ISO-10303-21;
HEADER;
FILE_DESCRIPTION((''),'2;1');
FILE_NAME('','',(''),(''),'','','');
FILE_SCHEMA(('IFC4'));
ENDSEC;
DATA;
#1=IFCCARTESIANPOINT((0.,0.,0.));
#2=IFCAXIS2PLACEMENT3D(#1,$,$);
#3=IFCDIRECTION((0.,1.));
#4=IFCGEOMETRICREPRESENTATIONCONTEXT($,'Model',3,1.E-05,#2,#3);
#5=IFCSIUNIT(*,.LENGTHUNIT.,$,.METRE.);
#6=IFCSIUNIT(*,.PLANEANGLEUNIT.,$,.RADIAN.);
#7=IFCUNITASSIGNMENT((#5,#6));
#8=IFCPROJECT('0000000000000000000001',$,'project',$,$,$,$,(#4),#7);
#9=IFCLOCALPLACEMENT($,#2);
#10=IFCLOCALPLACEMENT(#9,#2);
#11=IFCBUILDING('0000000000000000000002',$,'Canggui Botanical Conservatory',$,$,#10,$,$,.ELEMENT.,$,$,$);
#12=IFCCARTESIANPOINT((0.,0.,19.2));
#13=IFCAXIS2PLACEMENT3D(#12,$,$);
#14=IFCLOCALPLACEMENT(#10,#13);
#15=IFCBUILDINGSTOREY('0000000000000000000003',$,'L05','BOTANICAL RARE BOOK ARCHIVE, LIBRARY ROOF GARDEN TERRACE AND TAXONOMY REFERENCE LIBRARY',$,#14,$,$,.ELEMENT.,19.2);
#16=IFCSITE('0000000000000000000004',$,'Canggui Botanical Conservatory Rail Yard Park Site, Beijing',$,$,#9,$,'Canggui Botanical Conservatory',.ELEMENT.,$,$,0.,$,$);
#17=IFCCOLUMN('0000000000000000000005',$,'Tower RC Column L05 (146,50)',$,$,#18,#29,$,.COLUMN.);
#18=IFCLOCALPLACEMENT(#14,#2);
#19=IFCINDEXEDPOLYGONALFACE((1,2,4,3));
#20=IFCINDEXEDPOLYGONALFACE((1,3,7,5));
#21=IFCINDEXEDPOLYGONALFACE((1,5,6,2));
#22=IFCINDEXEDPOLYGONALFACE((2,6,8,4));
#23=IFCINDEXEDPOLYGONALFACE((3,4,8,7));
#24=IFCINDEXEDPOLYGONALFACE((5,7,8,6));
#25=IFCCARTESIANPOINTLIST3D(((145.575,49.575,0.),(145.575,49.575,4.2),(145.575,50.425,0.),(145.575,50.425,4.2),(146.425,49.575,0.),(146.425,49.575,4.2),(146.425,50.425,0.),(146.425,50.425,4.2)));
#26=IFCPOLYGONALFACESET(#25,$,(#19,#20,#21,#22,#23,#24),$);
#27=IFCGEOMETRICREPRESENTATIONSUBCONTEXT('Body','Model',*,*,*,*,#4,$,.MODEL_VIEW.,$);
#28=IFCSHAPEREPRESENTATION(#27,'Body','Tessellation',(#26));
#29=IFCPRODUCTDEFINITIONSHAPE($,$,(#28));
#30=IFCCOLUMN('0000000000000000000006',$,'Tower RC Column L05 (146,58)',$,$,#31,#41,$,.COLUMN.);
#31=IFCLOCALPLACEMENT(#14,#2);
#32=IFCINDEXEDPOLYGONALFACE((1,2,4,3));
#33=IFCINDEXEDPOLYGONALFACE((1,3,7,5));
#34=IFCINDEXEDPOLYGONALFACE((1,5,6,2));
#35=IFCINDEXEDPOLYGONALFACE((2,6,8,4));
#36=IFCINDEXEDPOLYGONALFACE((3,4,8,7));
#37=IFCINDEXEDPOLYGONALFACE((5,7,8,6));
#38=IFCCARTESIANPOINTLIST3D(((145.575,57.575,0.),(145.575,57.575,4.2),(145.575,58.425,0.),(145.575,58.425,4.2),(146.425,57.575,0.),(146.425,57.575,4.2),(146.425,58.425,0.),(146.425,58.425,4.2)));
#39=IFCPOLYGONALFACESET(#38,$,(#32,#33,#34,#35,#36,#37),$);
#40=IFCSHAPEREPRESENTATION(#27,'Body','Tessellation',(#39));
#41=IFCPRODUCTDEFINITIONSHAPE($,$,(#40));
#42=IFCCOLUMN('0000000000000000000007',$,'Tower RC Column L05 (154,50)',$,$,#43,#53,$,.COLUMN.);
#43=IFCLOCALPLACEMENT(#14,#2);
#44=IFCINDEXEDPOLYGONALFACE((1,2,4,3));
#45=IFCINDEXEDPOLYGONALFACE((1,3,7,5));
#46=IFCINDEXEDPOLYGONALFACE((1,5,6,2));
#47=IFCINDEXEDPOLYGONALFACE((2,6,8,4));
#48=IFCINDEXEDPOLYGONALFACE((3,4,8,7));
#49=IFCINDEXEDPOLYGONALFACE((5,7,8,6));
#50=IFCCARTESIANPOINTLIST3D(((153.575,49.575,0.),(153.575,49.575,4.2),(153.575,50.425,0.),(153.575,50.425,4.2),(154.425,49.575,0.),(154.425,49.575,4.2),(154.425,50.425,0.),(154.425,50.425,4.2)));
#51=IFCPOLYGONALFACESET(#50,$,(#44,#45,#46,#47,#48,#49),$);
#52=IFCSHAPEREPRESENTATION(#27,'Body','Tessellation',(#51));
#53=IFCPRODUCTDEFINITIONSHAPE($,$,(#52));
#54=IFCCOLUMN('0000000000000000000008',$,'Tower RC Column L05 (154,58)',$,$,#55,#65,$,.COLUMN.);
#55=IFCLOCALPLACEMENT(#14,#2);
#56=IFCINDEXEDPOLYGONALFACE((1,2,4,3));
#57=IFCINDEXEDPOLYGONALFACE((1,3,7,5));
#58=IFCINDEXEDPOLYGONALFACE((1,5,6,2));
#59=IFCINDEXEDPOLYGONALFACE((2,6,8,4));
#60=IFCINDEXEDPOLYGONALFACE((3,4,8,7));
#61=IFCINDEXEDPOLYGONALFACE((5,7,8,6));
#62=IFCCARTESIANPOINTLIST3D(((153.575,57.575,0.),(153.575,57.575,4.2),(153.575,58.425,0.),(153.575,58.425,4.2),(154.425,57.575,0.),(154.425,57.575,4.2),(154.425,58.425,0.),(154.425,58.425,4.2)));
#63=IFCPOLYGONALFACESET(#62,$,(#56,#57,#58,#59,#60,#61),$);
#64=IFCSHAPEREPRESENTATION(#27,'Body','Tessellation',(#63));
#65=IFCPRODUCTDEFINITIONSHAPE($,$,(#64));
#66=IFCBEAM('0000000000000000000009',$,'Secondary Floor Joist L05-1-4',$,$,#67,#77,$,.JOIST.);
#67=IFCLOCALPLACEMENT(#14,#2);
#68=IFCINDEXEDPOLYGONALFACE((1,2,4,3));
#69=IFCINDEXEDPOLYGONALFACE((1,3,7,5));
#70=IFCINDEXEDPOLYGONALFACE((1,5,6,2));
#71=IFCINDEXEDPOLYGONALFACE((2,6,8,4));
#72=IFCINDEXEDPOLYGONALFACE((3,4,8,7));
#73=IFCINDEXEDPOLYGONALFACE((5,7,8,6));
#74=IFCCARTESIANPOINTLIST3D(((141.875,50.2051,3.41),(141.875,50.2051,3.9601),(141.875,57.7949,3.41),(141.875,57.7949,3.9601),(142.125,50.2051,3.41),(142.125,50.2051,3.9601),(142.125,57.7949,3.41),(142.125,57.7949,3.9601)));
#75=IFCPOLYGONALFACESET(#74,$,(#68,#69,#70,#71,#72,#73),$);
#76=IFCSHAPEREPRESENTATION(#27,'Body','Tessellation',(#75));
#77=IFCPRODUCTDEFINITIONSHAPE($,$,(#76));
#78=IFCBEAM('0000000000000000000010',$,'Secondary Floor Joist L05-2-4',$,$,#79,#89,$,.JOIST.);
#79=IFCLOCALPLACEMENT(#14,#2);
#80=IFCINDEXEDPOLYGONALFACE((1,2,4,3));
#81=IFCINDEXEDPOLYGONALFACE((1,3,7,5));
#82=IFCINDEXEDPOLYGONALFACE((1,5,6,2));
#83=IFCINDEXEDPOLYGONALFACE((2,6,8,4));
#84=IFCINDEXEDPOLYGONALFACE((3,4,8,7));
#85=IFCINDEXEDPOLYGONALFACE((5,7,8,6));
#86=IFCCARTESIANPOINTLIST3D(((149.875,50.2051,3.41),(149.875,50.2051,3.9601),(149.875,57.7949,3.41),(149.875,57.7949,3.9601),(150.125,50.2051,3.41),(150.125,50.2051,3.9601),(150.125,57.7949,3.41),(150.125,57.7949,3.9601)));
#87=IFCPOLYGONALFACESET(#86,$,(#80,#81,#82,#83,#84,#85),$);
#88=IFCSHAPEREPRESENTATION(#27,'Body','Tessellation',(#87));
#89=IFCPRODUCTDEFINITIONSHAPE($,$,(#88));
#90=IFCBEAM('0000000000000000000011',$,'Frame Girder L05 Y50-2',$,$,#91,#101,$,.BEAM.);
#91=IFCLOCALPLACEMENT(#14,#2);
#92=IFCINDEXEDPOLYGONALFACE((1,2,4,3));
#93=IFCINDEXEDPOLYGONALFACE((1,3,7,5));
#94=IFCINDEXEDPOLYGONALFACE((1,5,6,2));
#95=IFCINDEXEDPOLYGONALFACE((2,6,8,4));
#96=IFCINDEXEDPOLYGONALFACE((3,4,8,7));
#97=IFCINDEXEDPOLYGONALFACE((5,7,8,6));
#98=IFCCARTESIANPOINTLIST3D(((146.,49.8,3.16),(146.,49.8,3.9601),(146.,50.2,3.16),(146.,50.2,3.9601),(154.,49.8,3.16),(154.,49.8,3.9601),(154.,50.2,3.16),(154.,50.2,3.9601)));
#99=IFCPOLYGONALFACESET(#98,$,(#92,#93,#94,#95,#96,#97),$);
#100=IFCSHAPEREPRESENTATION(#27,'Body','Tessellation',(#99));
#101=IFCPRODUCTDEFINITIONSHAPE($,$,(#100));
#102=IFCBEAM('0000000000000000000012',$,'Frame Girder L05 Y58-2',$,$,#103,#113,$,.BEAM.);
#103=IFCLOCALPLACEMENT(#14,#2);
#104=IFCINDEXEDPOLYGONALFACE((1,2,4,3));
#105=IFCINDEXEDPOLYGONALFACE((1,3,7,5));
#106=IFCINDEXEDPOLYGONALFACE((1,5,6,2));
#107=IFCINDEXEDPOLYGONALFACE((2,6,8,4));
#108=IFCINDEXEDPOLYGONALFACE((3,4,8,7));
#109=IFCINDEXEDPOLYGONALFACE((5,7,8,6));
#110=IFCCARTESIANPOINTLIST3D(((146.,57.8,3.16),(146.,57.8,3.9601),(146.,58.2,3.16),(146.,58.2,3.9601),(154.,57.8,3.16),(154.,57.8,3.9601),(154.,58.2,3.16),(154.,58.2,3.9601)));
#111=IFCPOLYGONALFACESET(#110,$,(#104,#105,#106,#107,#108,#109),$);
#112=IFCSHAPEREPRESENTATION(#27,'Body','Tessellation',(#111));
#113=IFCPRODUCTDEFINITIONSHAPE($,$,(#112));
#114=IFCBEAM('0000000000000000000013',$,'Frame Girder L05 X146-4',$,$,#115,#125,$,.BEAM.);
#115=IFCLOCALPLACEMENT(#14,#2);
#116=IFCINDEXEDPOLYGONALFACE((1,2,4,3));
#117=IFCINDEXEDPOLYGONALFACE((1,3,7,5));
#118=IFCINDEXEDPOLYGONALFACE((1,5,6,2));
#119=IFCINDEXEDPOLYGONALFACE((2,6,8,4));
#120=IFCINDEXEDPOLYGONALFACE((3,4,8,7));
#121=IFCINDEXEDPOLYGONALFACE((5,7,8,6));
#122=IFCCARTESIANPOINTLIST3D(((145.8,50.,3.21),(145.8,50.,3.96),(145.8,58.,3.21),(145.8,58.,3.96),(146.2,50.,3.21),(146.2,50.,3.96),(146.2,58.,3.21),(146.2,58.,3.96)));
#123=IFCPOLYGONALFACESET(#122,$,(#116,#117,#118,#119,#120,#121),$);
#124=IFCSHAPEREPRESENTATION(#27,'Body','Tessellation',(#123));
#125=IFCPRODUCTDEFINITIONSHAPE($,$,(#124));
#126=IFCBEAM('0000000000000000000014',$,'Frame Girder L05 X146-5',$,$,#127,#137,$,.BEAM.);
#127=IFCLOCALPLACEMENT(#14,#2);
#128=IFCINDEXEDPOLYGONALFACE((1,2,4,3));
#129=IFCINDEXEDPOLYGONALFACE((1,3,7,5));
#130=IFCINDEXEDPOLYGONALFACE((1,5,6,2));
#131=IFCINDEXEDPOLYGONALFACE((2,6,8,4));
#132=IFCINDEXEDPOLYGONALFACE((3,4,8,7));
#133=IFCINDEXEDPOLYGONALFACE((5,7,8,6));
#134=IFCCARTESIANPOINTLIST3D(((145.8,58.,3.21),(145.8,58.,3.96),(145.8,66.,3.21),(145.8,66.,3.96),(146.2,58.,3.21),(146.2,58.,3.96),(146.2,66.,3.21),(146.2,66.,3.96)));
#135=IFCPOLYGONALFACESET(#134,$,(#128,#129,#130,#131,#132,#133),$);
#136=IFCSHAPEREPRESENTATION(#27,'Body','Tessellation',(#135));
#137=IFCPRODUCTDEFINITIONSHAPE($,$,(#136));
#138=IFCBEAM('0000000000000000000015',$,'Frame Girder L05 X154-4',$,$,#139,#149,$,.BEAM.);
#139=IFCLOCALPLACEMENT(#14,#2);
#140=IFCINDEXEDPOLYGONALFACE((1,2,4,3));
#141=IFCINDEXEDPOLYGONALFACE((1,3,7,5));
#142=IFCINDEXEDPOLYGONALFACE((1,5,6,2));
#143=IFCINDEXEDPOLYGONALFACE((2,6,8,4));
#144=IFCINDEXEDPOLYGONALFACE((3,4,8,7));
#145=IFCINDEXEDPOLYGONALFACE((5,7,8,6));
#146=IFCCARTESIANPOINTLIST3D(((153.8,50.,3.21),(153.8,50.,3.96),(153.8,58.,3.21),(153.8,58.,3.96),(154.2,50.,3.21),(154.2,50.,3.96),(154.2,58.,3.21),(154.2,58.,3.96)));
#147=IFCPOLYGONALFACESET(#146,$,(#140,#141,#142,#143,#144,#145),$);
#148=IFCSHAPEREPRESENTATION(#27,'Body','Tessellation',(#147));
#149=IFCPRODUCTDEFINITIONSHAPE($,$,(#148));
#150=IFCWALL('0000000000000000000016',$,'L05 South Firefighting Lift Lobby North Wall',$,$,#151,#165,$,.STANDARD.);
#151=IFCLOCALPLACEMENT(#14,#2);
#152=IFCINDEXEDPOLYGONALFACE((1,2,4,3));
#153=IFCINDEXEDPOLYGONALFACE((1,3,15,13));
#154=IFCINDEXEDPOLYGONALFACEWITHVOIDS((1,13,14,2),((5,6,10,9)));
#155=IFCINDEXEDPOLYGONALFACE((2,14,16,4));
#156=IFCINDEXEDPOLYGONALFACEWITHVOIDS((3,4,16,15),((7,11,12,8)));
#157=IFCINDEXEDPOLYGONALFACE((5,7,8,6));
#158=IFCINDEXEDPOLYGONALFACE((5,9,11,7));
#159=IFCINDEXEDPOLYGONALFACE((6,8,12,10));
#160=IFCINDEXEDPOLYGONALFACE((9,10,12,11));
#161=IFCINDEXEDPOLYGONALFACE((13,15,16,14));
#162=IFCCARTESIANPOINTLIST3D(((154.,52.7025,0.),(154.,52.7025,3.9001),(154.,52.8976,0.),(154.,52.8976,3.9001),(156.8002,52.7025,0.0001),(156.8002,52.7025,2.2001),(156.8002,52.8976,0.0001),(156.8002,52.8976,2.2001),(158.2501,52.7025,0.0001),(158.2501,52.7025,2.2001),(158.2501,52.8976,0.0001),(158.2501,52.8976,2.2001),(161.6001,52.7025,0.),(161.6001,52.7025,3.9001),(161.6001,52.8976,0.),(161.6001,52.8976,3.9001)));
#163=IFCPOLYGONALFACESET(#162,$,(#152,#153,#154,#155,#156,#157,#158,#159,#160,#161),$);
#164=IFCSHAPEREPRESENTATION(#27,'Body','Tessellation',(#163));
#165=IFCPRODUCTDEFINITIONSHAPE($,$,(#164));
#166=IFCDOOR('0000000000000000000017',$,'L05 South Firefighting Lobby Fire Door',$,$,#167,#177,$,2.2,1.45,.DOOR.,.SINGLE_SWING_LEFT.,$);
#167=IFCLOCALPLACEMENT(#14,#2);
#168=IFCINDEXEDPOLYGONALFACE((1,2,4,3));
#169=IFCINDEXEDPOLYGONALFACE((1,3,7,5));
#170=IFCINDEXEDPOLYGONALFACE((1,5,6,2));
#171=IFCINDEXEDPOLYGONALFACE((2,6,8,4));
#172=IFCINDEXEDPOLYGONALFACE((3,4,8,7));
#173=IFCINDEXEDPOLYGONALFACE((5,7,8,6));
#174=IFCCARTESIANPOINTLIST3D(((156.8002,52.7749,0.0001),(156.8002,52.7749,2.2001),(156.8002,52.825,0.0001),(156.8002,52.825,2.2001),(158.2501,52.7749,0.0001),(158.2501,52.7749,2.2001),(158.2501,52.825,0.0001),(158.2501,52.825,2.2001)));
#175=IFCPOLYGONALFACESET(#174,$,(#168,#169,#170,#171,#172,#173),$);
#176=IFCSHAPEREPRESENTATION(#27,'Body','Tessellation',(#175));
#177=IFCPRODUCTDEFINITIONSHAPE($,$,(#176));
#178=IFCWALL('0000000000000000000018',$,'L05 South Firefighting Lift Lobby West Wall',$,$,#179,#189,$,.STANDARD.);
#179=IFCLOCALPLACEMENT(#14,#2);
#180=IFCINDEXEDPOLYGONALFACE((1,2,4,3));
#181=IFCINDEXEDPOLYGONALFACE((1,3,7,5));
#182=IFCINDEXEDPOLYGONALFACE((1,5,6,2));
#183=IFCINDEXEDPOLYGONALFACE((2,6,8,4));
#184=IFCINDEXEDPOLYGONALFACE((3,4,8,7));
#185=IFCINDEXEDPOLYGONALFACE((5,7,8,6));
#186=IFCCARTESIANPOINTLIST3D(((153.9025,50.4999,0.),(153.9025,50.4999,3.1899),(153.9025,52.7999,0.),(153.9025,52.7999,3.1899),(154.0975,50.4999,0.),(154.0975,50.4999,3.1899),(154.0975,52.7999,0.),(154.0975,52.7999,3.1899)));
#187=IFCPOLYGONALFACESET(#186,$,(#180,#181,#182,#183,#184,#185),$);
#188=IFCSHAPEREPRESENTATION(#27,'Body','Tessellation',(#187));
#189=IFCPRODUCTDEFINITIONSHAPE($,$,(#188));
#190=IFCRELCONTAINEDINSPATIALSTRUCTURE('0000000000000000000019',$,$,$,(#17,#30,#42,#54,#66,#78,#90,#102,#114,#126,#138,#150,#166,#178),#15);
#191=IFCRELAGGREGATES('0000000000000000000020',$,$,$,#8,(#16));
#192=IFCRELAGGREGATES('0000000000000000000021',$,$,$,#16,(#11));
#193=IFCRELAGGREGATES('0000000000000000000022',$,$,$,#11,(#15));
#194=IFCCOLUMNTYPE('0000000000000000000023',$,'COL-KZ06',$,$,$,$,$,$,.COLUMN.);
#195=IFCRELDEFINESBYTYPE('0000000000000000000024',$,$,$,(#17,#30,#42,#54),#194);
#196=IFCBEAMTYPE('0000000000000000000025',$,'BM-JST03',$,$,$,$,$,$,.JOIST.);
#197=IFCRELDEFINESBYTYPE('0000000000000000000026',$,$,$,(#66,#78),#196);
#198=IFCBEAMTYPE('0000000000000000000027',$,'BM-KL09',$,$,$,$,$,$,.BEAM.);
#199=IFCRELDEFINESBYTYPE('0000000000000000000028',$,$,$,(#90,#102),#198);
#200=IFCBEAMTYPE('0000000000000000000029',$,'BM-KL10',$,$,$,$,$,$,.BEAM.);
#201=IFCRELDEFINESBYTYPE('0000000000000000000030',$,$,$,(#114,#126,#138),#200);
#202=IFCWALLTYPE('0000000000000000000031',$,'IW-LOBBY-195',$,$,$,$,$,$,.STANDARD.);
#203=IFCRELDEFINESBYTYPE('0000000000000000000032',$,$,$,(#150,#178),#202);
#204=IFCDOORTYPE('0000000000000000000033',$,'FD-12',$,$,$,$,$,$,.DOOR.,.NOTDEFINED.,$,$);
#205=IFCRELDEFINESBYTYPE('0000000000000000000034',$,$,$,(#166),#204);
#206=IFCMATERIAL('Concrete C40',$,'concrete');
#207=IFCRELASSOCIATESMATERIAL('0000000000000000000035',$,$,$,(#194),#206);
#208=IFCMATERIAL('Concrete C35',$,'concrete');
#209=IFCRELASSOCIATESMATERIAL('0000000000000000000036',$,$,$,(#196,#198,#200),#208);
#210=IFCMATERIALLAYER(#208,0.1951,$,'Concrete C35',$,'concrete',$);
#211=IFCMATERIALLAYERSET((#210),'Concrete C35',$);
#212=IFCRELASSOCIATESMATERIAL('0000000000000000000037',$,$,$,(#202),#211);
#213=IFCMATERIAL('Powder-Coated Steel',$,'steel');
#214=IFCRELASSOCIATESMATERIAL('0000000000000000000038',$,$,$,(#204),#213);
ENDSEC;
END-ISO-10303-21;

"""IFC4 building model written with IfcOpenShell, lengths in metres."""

from ifc_helpers import new_model, si_unit, direction, frame, frame_2d, origin, origin_2d, place, context, subcontext, project, spatial, rectangle, extrude, material, layer, layer_set, material_profile, profile_set, type_object, element, fill, save


model = new_model("IFC4")

# Units and contexts
model_context = context("Model", 3, precision=1e-05, world=origin(), true_north=direction((0.0, 1.0)))
body_context = subcontext(model_context, "Body", "Model", "MODEL_VIEW")
ifc_project = project(units=[si_unit("LENGTHUNIT", "METRE"), si_unit("PLANEANGLEUNIT", "RADIAN")], contexts=[model_context])

# Site, building, storey
site_placement = place(None, origin())
site = spatial("IfcSite", under=ifc_project, at=site_placement, Name="Canggui Botanical Conservatory Rail Yard Park Site, Beijing", LongName="Canggui Botanical Conservatory", CompositionType="ELEMENT", RefElevation=0.0)
building_placement = place(site_placement, origin())
building = spatial("IfcBuilding", under=site, at=building_placement, Name="Canggui Botanical Conservatory", CompositionType="ELEMENT")
storey_placement = place(building_placement, frame((0.0, 0.0, 19.2)))
storey = spatial("IfcBuildingStorey", under=building, at=storey_placement, Name="L05", Description="BOTANICAL RARE BOOK ARCHIVE, LIBRARY ROOF GARDEN TERRACE AND TAXONOMY REFERENCE LIBRARY", CompositionType="ELEMENT", Elevation=19.2)

# Columns
ifc_material_1 = material(Name="Concrete C40", Category="concrete")
ifc_material_profile_1 = material_profile(ifc_material_1, rectangle(XDim=0.8501, YDim=0.8501, at=origin_2d()), Name="RC 850x850")
ifc_profile_set_1 = profile_set([ifc_material_profile_1], Name="Concrete C40")
column_type = type_object("IfcColumnType", Name="COL-KZ06", PredefinedType="COLUMN", material=ifc_profile_set_1)
for number, where, z_axis, x_axis, name in (
    (1, (146.0, 50.0, 0.0), (0.0, 0.0, 1.0), (1.0, 0.0, 0.0), "Tower RC Column L05 (146,50)"),
    (2, (146.0, 58.0, 0.0), (0.0, 0.0, 1.0), (1.0, 0.0, 0.0), "Tower RC Column L05 (146,58)"),
    (3, (154.0, 50.0, 0.0), (0.0, 0.0, 1.0), (1.0, 0.0, 0.0), "Tower RC Column L05 (154,50)"),
    (4, (154.0, 58.0, 0.0), (0.0, 0.0, 1.0), (1.0, 0.0, 0.0), "Tower RC Column L05 (154,58)"),
):
    element("IfcColumn", number, at=place(storey_placement, frame(where, z_axis=z_axis, x_axis=x_axis)), inside=storey, type_object=column_type, Name=name, PredefinedType="COLUMN", context=body_context, shape_type="SweptSolid", body=[
        extrude(rectangle(XDim=0.8501, YDim=0.8501, at=origin_2d()), origin(), (0.0, 0.0, 1.0), 4.2),
    ])

# Beams
ifc_material_2 = material(Name="Concrete C35", Category="concrete")
ifc_material_profile_2 = material_profile(ifc_material_2, rectangle(XDim=0.25, YDim=0.55, at=origin_2d()), Name="RB 250x550")
ifc_profile_set_2 = profile_set([ifc_material_profile_2], Name="Concrete C35")
beam_type_1 = type_object("IfcBeamType", Name="BM-JST03", PredefinedType="JOIST", material=ifc_profile_set_2)
for number, where, z_axis, x_axis, name in (
    (5, (142.0, 50.2051, 3.6851), (0.0, 1.0, 0.0), (-1.0, 0.0, 0.0), "Secondary Floor Joist L05-1-4"),
    (6, (150.0, 50.2051, 3.6851), (0.0, 1.0, 0.0), (-1.0, 0.0, 0.0), "Secondary Floor Joist L05-2-4"),
):
    element("IfcBeam", number, at=place(storey_placement, frame(where, z_axis=z_axis, x_axis=x_axis)), inside=storey, type_object=beam_type_1, Name=name, PredefinedType="JOIST", context=body_context, shape_type="SweptSolid", body=[
        extrude(rectangle(XDim=0.25, YDim=0.55, at=origin_2d()), origin(), (0.0, 0.0, 1.0), 7.5898),
    ])
ifc_material_profile_3 = material_profile(ifc_material_2, rectangle(XDim=0.3999, YDim=0.8, at=origin_2d()), Name="RB 400x800")
ifc_profile_set_3 = profile_set([ifc_material_profile_3], Name="Concrete C35")
beam_type_2 = type_object("IfcBeamType", Name="BM-KL09", PredefinedType="BEAM", material=ifc_profile_set_3)
for number, where, z_axis, x_axis, name in (
    (7, (146.0, 50.0, 3.5601), (1.0, 0.0, 0.0), (0.0, 1.0, 0.0), "Frame Girder L05 Y50-2"),
    (8, (146.0, 58.0, 3.5601), (1.0, 0.0, 0.0), (0.0, 1.0, 0.0), "Frame Girder L05 Y58-2"),
):
    element("IfcBeam", number, at=place(storey_placement, frame(where, z_axis=z_axis, x_axis=x_axis)), inside=storey, type_object=beam_type_2, Name=name, PredefinedType="BEAM", context=body_context, shape_type="SweptSolid", body=[
        extrude(rectangle(XDim=0.3999, YDim=0.8, at=origin_2d()), origin(), (0.0, 0.0, 1.0), 8.0),
    ])
ifc_material_profile_4 = material_profile(ifc_material_2, rectangle(XDim=0.3999, YDim=0.75, at=origin_2d()), Name="RB 400x750")
ifc_profile_set_4 = profile_set([ifc_material_profile_4], Name="Concrete C35")
beam_type_3 = type_object("IfcBeamType", Name="BM-KL10", PredefinedType="BEAM", material=ifc_profile_set_4)
for number, where, z_axis, x_axis, name in (
    (9, (146.0, 50.0, 3.585), (0.0, 1.0, 0.0), (-1.0, 0.0, 0.0), "Frame Girder L05 X146-4"),
    (10, (146.0, 58.0, 3.585), (0.0, 1.0, 0.0), (-1.0, 0.0, 0.0), "Frame Girder L05 X146-5"),
    (11, (154.0, 50.0, 3.585), (0.0, 1.0, 0.0), (-1.0, 0.0, 0.0), "Frame Girder L05 X154-4"),
):
    element("IfcBeam", number, at=place(storey_placement, frame(where, z_axis=z_axis, x_axis=x_axis)), inside=storey, type_object=beam_type_3, Name=name, PredefinedType="BEAM", context=body_context, shape_type="SweptSolid", body=[
        extrude(rectangle(XDim=0.3999, YDim=0.75, at=origin_2d()), origin(), (0.0, 0.0, 1.0), 8.0),
    ])

# Wall, opening, door
ifc_layer_1 = layer(ifc_material_2, 0.1951, Name="Concrete C35", Category="concrete")
ifc_layer_set_1 = layer_set([ifc_layer_1], Name="Concrete C35")
wall_type_1 = type_object("IfcWallType", Name="IW-LOBBY-195", PredefinedType="STANDARD", material=ifc_layer_set_1)
wall_1_placement = place(storey_placement, frame((154.0, 52.8, 0.0), z_axis=(0.0, 0.0, 1.0), x_axis=(1.0, 0.0, 0.0)))
wall_1 = element("IfcWall", 12, at=wall_1_placement, inside=storey, type_object=wall_type_1, Name="L05 South Firefighting Lift Lobby North Wall", PredefinedType="STANDARD", context=body_context, shape_type="SweptSolid", body=[
    extrude(rectangle(XDim=7.6001, YDim=0.1951, at=frame_2d((3.8, 0.0))), origin(), (0.0, 0.0, 1.0), 3.9001),
])
opening_1_placement = place(wall_1_placement, frame((2.8, 0.0, 0.0)))
opening_1 = element("IfcOpeningElement", 13, at=opening_1_placement, cuts=wall_1, PredefinedType="OPENING", context=body_context, shape_type="SweptSolid", body=[
    extrude(rectangle(XDim=1.45, YDim=2.2, at=frame_2d((0.7251, 1.1001))), frame((0.0, 0.1074, 0.0), z_axis=(0.0, -1.0, 0.0), x_axis=(1.0, 0.0, 0.0)), (0.0, 0.0, 1.0), 0.2151),
])
ifc_material_3 = material(Name="Powder-Coated Steel", Category="steel")
door_type_1 = type_object("IfcDoorType", Name="FD-12", OperationType="NOTDEFINED", PredefinedType="DOOR", material=ifc_material_3)
door_1_placement = place(opening_1_placement, origin())
door_1 = element("IfcDoor", 14, at=door_1_placement, inside=storey, type_object=door_type_1, Name="L05 South Firefighting Lobby Fire Door", OperationType="SINGLE_SWING_LEFT", OverallHeight=2.2, OverallWidth=1.45, PredefinedType="DOOR", context=body_context, shape_type="SweptSolid", body=[
    extrude(rectangle(XDim=1.45, YDim=2.2, at=frame_2d((0.7251, 1.1001))), frame((0.0, 0.0249, 0.0), z_axis=(0.0, -1.0, 0.0), x_axis=(1.0, 0.0, 0.0)), (0.0, 0.0, 1.0), 0.05),
])
fill(opening_1, door_1)

# Wall
wall_2_placement = place(storey_placement, frame((154.0, 50.5, 0.0), z_axis=(0.0, 0.0, 1.0), x_axis=(0.0, 1.0, 0.0)))
element("IfcWall", 15, at=wall_2_placement, inside=storey, type_object=wall_type_1, Name="L05 South Firefighting Lift Lobby West Wall", PredefinedType="STANDARD", context=body_context, shape_type="SweptSolid", body=[
    extrude(rectangle(XDim=2.3, YDim=0.1951, at=frame_2d((1.1499, 0.0))), origin(), (0.0, 0.0, 1.0), 3.1899),
])

save(model, "model.ifc")
